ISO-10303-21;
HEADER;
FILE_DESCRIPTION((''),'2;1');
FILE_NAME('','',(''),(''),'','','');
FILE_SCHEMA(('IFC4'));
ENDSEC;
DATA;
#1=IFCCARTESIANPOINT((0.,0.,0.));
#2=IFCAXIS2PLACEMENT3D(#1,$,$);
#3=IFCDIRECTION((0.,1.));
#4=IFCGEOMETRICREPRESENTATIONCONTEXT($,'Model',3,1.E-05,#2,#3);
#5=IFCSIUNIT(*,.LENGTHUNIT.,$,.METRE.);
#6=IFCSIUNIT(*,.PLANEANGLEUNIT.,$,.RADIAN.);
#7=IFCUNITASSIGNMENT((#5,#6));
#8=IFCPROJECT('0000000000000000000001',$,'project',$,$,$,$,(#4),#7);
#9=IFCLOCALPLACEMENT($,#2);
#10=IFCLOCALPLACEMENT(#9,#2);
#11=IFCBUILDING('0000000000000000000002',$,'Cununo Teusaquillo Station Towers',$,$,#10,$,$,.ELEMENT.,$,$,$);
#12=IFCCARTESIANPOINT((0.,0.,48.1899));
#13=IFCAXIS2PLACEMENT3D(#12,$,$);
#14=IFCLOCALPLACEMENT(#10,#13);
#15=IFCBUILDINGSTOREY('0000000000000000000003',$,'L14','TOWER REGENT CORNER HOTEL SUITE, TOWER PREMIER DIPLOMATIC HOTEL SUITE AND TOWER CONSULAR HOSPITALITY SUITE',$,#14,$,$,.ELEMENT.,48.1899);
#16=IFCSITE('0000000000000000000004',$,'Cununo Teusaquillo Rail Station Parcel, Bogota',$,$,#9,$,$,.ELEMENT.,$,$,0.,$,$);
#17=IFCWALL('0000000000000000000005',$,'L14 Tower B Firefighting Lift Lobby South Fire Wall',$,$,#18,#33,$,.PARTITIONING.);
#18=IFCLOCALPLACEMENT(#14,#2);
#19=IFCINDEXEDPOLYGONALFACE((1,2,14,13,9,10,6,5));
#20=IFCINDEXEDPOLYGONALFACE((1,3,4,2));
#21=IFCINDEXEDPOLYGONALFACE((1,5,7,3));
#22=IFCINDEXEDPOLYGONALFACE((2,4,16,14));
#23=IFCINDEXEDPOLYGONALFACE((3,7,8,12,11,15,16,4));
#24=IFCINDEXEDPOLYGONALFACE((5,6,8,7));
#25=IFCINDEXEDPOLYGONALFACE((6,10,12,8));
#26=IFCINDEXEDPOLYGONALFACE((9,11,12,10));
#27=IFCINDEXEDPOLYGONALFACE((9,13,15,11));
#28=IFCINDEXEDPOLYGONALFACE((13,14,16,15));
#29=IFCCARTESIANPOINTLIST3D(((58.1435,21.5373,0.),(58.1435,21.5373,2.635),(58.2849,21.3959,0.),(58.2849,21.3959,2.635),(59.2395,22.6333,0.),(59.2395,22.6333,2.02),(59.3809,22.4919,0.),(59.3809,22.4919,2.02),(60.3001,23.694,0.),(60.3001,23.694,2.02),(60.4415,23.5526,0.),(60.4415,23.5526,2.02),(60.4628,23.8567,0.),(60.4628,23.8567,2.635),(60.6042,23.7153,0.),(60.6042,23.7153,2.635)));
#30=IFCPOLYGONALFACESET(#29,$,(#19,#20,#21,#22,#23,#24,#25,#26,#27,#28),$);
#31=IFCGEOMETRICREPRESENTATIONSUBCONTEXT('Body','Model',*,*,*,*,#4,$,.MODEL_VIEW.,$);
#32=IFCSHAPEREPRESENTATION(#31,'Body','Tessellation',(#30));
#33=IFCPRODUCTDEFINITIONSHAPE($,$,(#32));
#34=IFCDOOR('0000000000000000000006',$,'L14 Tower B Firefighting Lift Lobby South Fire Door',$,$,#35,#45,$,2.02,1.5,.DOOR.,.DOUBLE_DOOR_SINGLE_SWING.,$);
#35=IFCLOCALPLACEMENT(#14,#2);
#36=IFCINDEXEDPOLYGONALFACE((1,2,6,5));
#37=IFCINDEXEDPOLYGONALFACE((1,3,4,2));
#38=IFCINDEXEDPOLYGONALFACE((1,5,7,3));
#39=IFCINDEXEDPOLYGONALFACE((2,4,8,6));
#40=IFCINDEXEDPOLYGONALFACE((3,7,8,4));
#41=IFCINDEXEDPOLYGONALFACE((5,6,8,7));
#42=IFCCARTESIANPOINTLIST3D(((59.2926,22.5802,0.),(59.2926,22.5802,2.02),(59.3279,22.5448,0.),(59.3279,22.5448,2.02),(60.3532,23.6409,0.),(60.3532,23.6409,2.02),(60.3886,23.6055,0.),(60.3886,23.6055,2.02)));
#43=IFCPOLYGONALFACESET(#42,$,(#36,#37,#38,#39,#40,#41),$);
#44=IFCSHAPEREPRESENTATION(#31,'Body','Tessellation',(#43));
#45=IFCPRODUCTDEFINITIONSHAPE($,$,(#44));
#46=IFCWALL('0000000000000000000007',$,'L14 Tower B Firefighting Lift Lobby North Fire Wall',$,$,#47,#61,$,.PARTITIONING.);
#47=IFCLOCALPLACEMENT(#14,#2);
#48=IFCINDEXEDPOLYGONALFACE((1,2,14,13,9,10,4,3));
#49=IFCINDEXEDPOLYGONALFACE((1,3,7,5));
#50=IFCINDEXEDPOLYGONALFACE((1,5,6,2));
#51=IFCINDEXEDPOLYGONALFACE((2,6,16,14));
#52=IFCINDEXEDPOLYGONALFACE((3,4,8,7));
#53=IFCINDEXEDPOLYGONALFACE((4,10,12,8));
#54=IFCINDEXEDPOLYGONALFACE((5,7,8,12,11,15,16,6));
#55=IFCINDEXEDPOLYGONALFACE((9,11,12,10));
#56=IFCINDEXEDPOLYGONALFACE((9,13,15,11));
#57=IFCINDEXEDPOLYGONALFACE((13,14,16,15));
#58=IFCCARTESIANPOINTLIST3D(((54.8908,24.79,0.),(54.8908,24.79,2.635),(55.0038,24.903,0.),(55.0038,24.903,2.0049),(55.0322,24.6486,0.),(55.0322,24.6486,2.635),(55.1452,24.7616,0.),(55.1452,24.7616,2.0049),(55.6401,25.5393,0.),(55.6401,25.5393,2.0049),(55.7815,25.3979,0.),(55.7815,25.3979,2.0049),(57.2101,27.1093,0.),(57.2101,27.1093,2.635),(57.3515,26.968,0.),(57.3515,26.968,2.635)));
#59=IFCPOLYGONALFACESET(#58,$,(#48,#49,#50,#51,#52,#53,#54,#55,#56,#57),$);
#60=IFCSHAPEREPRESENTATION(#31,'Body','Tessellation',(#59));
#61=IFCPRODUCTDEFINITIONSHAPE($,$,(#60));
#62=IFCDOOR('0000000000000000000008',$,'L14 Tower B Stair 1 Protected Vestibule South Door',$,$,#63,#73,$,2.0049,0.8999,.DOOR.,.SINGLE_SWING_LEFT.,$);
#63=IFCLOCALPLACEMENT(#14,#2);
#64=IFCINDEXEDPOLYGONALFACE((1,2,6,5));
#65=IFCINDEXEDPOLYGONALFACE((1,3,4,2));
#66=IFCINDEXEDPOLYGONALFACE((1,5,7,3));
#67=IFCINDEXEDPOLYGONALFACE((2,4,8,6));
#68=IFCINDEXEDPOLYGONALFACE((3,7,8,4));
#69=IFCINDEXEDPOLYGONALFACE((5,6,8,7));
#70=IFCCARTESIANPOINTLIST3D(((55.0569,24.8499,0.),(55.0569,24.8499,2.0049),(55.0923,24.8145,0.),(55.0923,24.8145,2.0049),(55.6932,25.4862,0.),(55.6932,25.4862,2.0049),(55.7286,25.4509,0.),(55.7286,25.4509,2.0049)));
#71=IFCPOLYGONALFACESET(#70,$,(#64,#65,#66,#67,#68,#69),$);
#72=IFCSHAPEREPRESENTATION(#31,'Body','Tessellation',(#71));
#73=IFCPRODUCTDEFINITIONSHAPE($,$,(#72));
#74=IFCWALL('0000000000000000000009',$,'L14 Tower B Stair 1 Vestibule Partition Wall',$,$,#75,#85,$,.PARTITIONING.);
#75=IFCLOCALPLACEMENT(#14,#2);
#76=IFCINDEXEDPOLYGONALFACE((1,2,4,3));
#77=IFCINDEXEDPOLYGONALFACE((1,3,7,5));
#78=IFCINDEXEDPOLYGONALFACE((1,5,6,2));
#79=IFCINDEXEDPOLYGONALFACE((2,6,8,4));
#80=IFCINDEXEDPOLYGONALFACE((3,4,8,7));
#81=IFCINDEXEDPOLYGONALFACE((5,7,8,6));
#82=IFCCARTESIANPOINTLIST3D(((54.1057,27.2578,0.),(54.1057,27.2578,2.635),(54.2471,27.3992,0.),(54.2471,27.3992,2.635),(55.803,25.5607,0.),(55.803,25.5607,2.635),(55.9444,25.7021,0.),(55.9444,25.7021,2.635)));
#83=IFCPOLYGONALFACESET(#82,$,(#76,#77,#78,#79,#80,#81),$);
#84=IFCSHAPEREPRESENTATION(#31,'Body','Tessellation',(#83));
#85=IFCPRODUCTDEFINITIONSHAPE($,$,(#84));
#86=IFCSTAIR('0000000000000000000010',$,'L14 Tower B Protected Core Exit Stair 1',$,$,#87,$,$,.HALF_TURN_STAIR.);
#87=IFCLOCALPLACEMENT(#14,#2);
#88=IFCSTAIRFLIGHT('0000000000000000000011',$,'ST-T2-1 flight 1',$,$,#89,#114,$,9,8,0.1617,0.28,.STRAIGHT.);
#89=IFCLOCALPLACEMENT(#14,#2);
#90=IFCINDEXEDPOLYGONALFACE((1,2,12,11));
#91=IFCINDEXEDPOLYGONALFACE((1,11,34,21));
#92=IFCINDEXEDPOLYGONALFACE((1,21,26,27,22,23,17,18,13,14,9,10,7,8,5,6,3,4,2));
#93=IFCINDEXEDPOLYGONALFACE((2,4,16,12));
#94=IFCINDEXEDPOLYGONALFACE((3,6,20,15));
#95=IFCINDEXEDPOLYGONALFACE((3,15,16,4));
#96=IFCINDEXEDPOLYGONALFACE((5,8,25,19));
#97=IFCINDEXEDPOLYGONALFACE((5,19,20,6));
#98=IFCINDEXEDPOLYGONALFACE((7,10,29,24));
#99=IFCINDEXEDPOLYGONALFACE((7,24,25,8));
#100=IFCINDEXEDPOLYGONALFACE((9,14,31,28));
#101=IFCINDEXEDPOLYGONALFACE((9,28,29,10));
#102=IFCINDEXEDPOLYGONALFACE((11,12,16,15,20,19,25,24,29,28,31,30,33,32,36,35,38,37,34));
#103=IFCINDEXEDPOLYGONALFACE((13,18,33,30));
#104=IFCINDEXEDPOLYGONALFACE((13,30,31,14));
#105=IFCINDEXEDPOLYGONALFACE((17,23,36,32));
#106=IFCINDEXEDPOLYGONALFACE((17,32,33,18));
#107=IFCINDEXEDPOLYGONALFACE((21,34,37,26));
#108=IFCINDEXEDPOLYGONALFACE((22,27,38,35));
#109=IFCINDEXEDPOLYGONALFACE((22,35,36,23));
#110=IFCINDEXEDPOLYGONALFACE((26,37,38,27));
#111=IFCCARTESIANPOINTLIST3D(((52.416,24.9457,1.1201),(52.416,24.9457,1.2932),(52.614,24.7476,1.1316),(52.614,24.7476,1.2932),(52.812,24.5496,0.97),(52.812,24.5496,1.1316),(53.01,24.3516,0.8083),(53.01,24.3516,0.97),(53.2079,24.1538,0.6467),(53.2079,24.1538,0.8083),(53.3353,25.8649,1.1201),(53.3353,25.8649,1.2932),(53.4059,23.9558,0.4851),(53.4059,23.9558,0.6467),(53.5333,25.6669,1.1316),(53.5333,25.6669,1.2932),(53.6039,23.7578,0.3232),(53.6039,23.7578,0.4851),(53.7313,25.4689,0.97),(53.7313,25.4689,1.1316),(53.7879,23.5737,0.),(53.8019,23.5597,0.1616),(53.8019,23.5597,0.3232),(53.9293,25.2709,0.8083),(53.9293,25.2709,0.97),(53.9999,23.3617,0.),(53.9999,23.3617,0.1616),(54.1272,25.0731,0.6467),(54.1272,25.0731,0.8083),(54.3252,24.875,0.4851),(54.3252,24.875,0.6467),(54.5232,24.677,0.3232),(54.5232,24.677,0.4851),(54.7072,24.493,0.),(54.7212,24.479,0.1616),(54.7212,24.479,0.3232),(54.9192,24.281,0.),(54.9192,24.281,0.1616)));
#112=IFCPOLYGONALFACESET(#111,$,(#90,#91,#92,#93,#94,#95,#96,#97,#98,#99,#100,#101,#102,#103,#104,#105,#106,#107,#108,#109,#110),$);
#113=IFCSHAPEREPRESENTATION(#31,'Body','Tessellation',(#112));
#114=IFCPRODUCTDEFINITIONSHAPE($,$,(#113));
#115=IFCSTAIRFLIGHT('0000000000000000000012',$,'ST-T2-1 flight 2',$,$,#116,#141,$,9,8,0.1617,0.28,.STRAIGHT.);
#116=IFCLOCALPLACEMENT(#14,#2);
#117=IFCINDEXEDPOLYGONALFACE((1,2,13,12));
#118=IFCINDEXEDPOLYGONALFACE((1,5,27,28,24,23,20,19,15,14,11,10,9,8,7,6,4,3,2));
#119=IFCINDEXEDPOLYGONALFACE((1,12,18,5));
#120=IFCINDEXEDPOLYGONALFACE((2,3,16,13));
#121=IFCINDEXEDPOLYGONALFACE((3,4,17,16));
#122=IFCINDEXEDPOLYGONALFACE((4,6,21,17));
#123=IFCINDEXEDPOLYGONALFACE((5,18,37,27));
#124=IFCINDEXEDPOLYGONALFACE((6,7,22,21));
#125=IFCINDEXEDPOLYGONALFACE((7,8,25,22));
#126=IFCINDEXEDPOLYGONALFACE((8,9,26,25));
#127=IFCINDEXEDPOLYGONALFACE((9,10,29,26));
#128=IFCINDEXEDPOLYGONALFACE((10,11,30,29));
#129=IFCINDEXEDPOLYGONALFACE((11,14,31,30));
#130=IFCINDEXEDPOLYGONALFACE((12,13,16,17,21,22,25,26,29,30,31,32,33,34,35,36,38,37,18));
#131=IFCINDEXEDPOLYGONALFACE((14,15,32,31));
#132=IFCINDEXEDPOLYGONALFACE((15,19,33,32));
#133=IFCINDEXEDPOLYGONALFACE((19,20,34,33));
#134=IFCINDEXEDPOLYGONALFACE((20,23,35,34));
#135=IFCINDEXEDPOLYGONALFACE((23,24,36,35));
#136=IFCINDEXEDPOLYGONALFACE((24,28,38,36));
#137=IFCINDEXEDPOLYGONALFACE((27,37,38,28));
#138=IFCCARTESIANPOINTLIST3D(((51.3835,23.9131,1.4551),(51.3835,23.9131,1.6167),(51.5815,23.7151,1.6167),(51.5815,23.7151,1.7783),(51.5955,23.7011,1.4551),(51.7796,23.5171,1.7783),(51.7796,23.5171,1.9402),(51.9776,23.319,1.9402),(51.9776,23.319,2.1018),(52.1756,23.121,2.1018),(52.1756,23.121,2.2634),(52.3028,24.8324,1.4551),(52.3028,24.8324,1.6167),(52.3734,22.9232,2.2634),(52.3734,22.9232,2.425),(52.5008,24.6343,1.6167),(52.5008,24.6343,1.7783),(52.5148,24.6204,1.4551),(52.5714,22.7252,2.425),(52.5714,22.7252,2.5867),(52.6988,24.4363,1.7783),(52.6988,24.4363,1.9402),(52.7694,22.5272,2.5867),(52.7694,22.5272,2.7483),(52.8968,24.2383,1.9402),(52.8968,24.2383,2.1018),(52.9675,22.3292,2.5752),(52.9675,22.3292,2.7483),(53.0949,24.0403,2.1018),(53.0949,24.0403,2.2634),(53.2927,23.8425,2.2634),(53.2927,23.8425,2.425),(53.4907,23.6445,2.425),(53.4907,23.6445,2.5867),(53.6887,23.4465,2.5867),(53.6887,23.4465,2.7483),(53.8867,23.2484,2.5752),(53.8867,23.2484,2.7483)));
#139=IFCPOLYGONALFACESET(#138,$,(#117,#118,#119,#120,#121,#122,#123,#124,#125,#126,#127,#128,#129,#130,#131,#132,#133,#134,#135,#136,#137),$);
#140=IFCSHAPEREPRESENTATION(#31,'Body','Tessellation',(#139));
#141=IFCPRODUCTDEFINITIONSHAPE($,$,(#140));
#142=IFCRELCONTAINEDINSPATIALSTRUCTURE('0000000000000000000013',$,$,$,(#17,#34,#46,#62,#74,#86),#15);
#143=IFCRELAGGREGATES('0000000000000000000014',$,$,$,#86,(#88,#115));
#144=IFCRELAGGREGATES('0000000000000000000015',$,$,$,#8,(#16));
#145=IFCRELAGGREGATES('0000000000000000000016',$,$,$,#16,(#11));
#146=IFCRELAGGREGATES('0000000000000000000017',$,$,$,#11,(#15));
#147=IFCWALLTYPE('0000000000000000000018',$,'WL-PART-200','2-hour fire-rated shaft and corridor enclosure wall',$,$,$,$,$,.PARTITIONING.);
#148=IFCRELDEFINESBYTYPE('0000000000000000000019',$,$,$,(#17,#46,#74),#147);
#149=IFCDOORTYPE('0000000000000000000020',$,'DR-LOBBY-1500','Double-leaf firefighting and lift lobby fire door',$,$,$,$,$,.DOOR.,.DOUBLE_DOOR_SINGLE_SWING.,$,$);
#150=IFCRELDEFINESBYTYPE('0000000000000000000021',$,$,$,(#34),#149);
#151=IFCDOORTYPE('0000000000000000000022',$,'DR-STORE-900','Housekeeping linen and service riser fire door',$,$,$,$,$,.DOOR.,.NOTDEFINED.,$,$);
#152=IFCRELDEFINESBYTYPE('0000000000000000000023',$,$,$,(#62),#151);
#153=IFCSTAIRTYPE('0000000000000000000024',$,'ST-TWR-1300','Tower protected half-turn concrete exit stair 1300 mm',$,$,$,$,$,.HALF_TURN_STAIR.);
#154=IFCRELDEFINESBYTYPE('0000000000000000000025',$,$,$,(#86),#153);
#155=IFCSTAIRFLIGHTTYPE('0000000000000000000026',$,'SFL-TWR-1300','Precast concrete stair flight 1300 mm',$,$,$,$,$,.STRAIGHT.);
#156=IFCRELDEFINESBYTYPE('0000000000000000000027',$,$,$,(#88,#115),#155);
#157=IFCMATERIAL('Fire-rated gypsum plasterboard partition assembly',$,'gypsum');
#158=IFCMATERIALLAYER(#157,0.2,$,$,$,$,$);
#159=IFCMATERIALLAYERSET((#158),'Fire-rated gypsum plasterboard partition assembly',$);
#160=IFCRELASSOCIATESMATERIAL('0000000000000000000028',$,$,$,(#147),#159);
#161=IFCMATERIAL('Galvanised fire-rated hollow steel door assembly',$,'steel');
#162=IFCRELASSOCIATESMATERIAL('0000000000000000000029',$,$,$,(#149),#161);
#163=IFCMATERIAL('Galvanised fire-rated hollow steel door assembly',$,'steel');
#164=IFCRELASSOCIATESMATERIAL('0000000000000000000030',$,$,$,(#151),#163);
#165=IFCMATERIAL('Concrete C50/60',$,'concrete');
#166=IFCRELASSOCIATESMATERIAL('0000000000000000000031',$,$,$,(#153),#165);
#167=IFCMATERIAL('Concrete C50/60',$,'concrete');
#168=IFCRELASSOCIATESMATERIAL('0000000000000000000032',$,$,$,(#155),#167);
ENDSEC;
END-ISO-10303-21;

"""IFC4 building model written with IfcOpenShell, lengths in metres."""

from ifc_helpers import new_model, si_unit, direction, frame, frame_2d, origin, place, context, subcontext, project, spatial, polyline, rectangle, outline, extrude, source, transform, mapped, material, layer, layer_set, type_object, element, fill, aggregate, save


model = new_model("IFC4")

# Units and contexts
model_context = context("Model", 3, precision=1e-05, world=origin(), true_north=direction((0.0, 1.0)))
body_context = subcontext(model_context, "Body", "Model", "MODEL_VIEW")
ifc_project = project(units=[si_unit("LENGTHUNIT", "METRE"), si_unit("PLANEANGLEUNIT", "RADIAN")], contexts=[model_context])

# Site, building, storey
site_placement = place(None, origin())
site = spatial("IfcSite", under=ifc_project, at=site_placement, Name="Cununo Teusaquillo Rail Station Parcel, Bogota", CompositionType="ELEMENT", RefElevation=0.0)
building_placement = place(site_placement, origin())
building = spatial("IfcBuilding", under=site, at=building_placement, Name="Cununo Teusaquillo Station Towers", CompositionType="ELEMENT")
storey_placement = place(building_placement, frame((0.0, 0.0, 48.1899)))
storey = spatial("IfcBuildingStorey", under=building, at=storey_placement, Name="L14", Description="TOWER REGENT CORNER HOTEL SUITE, TOWER PREMIER DIPLOMATIC HOTEL SUITE AND TOWER CONSULAR HOSPITALITY SUITE", CompositionType="ELEMENT", Elevation=48.1899)

# Shared definitions
shared_shape_1 = source(origin(), body_context, "Body", "SweptSolid", [
    extrude(rectangle(XDim=0.8999, YDim=2.0049, at=frame_2d((0.45, 1.0024))), frame((0.0, 0.0249, 0.0), z_axis=(0.0, -1.0, 0.0), x_axis=(1.0, 0.0, 0.0)), (0.0, 0.0, 1.0), 0.05),
])

# Walls, openings, doors
ifc_material_1 = material(Name="Fire-rated gypsum plasterboard partition assembly", Category="gypsum")
ifc_layer_1 = layer(ifc_material_1, 0.2)
ifc_layer_set_1 = layer_set([ifc_layer_1], Name="Fire-rated gypsum plasterboard partition assembly")
wall_type_1 = type_object("IfcWallType", Name="WL-PART-200", Description="2-hour fire-rated shaft and corridor enclosure wall", PredefinedType="PARTITIONING", material=ifc_layer_set_1)
wall_1_placement = place(storey_placement, frame((58.2141, 21.4666, 0.0), z_axis=(0.0, 0.0, 1.0), x_axis=(0.707107, 0.707107, 0.0)))
wall_1 = element("IfcWall", 1, at=wall_1_placement, inside=storey, type_object=wall_type_1, Name="L14 Tower B Firefighting Lift Lobby South Fire Wall", PredefinedType="PARTITIONING", context=body_context, shape_type="SweptSolid", body=[
    extrude(rectangle(XDim=3.28, YDim=0.2, at=frame_2d((1.6401, 0.0))), origin(), (0.0, 0.0, 1.0), 2.635),
])
shared_shape_2 = source(origin(), body_context, "Body", "SweptSolid", [
    extrude(rectangle(XDim=1.5, YDim=2.02, at=frame_2d((0.75, 1.01))), frame((0.0, 0.1099, 0.0), z_axis=(0.0, -1.0, 0.0), x_axis=(1.0, 0.0, 0.0)), (0.0, 0.0, 1.0), 0.22),
])
opening_1_placement = place(wall_1_placement, frame((1.55, 0.0, 0.0)))
opening_1 = element("IfcOpeningElement", 2, at=opening_1_placement, cuts=wall_1, PredefinedType="OPENING", context=body_context, shape_type="MappedRepresentation", body=[
    mapped(shared_shape_2, transform((0.0, 0.0, 0.0), x_axis=(1.0, 0.0, 0.0), y_axis=(0.0, 1.0, 0.0), z_axis=(0.0, 0.0, 1.0), scale=1.0)),
])
ifc_material_2 = material(Name="Galvanised fire-rated hollow steel door assembly", Category="steel")
door_type_1 = type_object("IfcDoorType", Name="DR-LOBBY-1500", Description="Double-leaf firefighting and lift lobby fire door", OperationType="DOUBLE_DOOR_SINGLE_SWING", PredefinedType="DOOR", material=ifc_material_2)
shared_shape_3 = source(origin(), body_context, "Body", "SweptSolid", [
    extrude(rectangle(XDim=1.5, YDim=2.02, at=frame_2d((0.75, 1.01))), frame((0.0, 0.0249, 0.0), z_axis=(0.0, -1.0, 0.0), x_axis=(1.0, 0.0, 0.0)), (0.0, 0.0, 1.0), 0.05),
])
door_1_placement = place(opening_1_placement, origin())
door_1 = element("IfcDoor", 3, at=door_1_placement, inside=storey, type_object=door_type_1, Name="L14 Tower B Firefighting Lift Lobby South Fire Door", OperationType="DOUBLE_DOOR_SINGLE_SWING", OverallHeight=2.02, OverallWidth=1.5, PredefinedType="DOOR", context=body_context, shape_type="MappedRepresentation", body=[
    mapped(shared_shape_3, transform((0.0, 0.0, 0.0), x_axis=(1.0, 0.0, 0.0), y_axis=(0.0, 1.0, 0.0), z_axis=(0.0, 0.0, 1.0), scale=1.0)),
])
fill(opening_1, door_1)
wall_2_placement = place(storey_placement, frame((54.9614, 24.7192, 0.0), z_axis=(0.0, 0.0, 1.0), x_axis=(0.707107, 0.707107, 0.0)))
wall_2 = element("IfcWall", 4, at=wall_2_placement, inside=storey, type_object=wall_type_1, Name="L14 Tower B Firefighting Lift Lobby North Fire Wall", PredefinedType="PARTITIONING", context=body_context, shape_type="SweptSolid", body=[
    extrude(rectangle(XDim=3.28, YDim=0.2, at=frame_2d((1.6401, 0.0))), origin(), (0.0, 0.0, 1.0), 2.635),
])
shared_shape_4 = source(origin(), body_context, "Body", "SweptSolid", [
    extrude(rectangle(XDim=0.8999, YDim=2.0049, at=frame_2d((0.45, 1.0024))), frame((0.0, 0.1099, 0.0), z_axis=(0.0, -1.0, 0.0), x_axis=(1.0, 0.0, 0.0)), (0.0, 0.0, 1.0), 0.22),
])
opening_2_placement = place(wall_2_placement, frame((0.1599, 0.0, 0.0)))
opening_2 = element("IfcOpeningElement", 5, at=opening_2_placement, cuts=wall_2, PredefinedType="OPENING", context=body_context, shape_type="MappedRepresentation", body=[
    mapped(shared_shape_4, transform((0.0, 0.0, 0.0), x_axis=(1.0, 0.0, 0.0), y_axis=(0.0, 1.0, 0.0), z_axis=(0.0, 0.0, 1.0), scale=1.0)),
])
ifc_material_3 = material(Name="Galvanised fire-rated hollow steel door assembly", Category="steel")
door_type_2 = type_object("IfcDoorType", Name="DR-STORE-900", Description="Housekeeping linen and service riser fire door", OperationType="NOTDEFINED", PredefinedType="DOOR", material=ifc_material_3)
door_2_placement = place(opening_2_placement, origin())
door_2 = element("IfcDoor", 6, at=door_2_placement, inside=storey, type_object=door_type_2, Name="L14 Tower B Stair 1 Protected Vestibule South Door", OperationType="SINGLE_SWING_LEFT", OverallHeight=2.0049, OverallWidth=0.8999, PredefinedType="DOOR", context=body_context, shape_type="MappedRepresentation", body=[
    mapped(shared_shape_1, transform((0.0, 0.0, 0.0), x_axis=(1.0, 0.0, 0.0), y_axis=(0.0, 1.0, 0.0), z_axis=(0.0, 0.0, 1.0), scale=1.0)),
])
fill(opening_2, door_2)

# Wall
wall_3_placement = place(storey_placement, frame((55.8738, 25.6313, 0.0), z_axis=(0.0, 0.0, 1.0), x_axis=(-0.707158, 0.707056, 0.0)))
element("IfcWall", 7, at=wall_3_placement, inside=storey, type_object=wall_type_1, Name="L14 Tower B Stair 1 Vestibule Partition Wall", PredefinedType="PARTITIONING", context=body_context, shape_type="SweptSolid", body=[
    extrude(rectangle(XDim=2.4001, YDim=0.2, at=frame_2d((1.2002, 0.0))), origin(), (0.0, 0.0, 1.0), 2.635),
])

# Stair, stair flights
ifc_material_4 = material(Name="Concrete C50/60", Category="concrete")
stair_type = type_object("IfcStairType", Name="ST-TWR-1300", Description="Tower protected half-turn concrete exit stair 1300 mm", PredefinedType="HALF_TURN_STAIR", material=ifc_material_4)
stair_placement = place(storey_placement, origin())
stair = element("IfcStair", 8, at=stair_placement, inside=storey, type_object=stair_type, Name="L14 Tower B Protected Core Exit Stair 1", PredefinedType="HALF_TURN_STAIR")
ifc_material_5 = material(Name="Concrete C50/60", Category="concrete")
stair_flight_type = type_object("IfcStairFlightType", Name="SFL-TWR-1300", Description="Precast concrete stair flight 1300 mm", PredefinedType="STRAIGHT", material=ifc_material_5)
stair_flight_1_placement = place(storey_placement, frame((54.4595, 23.8213, 0.0), z_axis=(0.0, 0.0, 1.0), x_axis=(-0.707107, 0.707107, 0.0)))
stair_flight_1 = element("IfcStairFlight", 9, at=stair_flight_1_placement, type_object=stair_flight_type, Name="ST-T2-1 flight 1", NumberOfRisers=9, NumberOfTreads=8, PredefinedType="STRAIGHT", RiserHeight=0.1617, TreadLength=0.28, context=body_context, shape_type="SweptSolid", body=[
    extrude(outline(polyline([(0.0, 0.0), (0.0, 0.1616), (0.28, 0.1616), (0.28, 0.3232), (0.5601, 0.3232), (0.5601, 0.4851), (0.8401, 0.4851), (0.8401, 0.6467), (1.1201, 0.6467), (1.1201, 0.8083), (1.3999, 0.8083), (1.3999, 0.97), (1.6799, 0.97), (1.6799, 1.1316), (1.96, 1.1316), (1.96, 1.2932), (2.24, 1.2932), (2.24, 1.4551), (2.24, 1.1201), (0.2998, 0.0), (0.0, 0.0)])), frame((0.0, 0.6499, 0.0), z_axis=(0.0, -1.0, 0.0), x_axis=(1.0, 0.0, 0.0)), (0.0, 0.0, 1.0), 1.3),
])
stair_flight_2_placement = place(storey_placement, frame((51.8433, 24.3728, 1.4551), z_axis=(0.0, 0.0, 1.0), x_axis=(0.707107, -0.707107, 0.0)))
stair_flight_2 = element("IfcStairFlight", 10, at=stair_flight_2_placement, type_object=stair_flight_type, Name="ST-T2-1 flight 2", NumberOfRisers=9, NumberOfTreads=8, PredefinedType="STRAIGHT", RiserHeight=0.1617, TreadLength=0.28, context=body_context, shape_type="SweptSolid", body=[
    extrude(outline(polyline([(0.0, 0.0), (0.0, 0.1616), (0.28, 0.1616), (0.28, 0.3232), (0.5601, 0.3232), (0.5601, 0.4851), (0.8401, 0.4851), (0.8401, 0.6467), (1.1201, 0.6467), (1.1201, 0.8083), (1.3999, 0.8083), (1.3999, 0.97), (1.6799, 0.97), (1.6799, 1.1316), (1.96, 1.1316), (1.96, 1.2932), (2.24, 1.2932), (2.24, 1.4551), (2.24, 1.1201), (0.2998, 0.0), (0.0, 0.0)])), frame((0.0, 0.6499, 0.0), z_axis=(0.0, -1.0, 0.0), x_axis=(1.0, 0.0, 0.0)), (0.0, 0.0, 1.0), 1.3),
])
aggregate(stair, [stair_flight_1, stair_flight_2])

save(model, "model.ifc")
